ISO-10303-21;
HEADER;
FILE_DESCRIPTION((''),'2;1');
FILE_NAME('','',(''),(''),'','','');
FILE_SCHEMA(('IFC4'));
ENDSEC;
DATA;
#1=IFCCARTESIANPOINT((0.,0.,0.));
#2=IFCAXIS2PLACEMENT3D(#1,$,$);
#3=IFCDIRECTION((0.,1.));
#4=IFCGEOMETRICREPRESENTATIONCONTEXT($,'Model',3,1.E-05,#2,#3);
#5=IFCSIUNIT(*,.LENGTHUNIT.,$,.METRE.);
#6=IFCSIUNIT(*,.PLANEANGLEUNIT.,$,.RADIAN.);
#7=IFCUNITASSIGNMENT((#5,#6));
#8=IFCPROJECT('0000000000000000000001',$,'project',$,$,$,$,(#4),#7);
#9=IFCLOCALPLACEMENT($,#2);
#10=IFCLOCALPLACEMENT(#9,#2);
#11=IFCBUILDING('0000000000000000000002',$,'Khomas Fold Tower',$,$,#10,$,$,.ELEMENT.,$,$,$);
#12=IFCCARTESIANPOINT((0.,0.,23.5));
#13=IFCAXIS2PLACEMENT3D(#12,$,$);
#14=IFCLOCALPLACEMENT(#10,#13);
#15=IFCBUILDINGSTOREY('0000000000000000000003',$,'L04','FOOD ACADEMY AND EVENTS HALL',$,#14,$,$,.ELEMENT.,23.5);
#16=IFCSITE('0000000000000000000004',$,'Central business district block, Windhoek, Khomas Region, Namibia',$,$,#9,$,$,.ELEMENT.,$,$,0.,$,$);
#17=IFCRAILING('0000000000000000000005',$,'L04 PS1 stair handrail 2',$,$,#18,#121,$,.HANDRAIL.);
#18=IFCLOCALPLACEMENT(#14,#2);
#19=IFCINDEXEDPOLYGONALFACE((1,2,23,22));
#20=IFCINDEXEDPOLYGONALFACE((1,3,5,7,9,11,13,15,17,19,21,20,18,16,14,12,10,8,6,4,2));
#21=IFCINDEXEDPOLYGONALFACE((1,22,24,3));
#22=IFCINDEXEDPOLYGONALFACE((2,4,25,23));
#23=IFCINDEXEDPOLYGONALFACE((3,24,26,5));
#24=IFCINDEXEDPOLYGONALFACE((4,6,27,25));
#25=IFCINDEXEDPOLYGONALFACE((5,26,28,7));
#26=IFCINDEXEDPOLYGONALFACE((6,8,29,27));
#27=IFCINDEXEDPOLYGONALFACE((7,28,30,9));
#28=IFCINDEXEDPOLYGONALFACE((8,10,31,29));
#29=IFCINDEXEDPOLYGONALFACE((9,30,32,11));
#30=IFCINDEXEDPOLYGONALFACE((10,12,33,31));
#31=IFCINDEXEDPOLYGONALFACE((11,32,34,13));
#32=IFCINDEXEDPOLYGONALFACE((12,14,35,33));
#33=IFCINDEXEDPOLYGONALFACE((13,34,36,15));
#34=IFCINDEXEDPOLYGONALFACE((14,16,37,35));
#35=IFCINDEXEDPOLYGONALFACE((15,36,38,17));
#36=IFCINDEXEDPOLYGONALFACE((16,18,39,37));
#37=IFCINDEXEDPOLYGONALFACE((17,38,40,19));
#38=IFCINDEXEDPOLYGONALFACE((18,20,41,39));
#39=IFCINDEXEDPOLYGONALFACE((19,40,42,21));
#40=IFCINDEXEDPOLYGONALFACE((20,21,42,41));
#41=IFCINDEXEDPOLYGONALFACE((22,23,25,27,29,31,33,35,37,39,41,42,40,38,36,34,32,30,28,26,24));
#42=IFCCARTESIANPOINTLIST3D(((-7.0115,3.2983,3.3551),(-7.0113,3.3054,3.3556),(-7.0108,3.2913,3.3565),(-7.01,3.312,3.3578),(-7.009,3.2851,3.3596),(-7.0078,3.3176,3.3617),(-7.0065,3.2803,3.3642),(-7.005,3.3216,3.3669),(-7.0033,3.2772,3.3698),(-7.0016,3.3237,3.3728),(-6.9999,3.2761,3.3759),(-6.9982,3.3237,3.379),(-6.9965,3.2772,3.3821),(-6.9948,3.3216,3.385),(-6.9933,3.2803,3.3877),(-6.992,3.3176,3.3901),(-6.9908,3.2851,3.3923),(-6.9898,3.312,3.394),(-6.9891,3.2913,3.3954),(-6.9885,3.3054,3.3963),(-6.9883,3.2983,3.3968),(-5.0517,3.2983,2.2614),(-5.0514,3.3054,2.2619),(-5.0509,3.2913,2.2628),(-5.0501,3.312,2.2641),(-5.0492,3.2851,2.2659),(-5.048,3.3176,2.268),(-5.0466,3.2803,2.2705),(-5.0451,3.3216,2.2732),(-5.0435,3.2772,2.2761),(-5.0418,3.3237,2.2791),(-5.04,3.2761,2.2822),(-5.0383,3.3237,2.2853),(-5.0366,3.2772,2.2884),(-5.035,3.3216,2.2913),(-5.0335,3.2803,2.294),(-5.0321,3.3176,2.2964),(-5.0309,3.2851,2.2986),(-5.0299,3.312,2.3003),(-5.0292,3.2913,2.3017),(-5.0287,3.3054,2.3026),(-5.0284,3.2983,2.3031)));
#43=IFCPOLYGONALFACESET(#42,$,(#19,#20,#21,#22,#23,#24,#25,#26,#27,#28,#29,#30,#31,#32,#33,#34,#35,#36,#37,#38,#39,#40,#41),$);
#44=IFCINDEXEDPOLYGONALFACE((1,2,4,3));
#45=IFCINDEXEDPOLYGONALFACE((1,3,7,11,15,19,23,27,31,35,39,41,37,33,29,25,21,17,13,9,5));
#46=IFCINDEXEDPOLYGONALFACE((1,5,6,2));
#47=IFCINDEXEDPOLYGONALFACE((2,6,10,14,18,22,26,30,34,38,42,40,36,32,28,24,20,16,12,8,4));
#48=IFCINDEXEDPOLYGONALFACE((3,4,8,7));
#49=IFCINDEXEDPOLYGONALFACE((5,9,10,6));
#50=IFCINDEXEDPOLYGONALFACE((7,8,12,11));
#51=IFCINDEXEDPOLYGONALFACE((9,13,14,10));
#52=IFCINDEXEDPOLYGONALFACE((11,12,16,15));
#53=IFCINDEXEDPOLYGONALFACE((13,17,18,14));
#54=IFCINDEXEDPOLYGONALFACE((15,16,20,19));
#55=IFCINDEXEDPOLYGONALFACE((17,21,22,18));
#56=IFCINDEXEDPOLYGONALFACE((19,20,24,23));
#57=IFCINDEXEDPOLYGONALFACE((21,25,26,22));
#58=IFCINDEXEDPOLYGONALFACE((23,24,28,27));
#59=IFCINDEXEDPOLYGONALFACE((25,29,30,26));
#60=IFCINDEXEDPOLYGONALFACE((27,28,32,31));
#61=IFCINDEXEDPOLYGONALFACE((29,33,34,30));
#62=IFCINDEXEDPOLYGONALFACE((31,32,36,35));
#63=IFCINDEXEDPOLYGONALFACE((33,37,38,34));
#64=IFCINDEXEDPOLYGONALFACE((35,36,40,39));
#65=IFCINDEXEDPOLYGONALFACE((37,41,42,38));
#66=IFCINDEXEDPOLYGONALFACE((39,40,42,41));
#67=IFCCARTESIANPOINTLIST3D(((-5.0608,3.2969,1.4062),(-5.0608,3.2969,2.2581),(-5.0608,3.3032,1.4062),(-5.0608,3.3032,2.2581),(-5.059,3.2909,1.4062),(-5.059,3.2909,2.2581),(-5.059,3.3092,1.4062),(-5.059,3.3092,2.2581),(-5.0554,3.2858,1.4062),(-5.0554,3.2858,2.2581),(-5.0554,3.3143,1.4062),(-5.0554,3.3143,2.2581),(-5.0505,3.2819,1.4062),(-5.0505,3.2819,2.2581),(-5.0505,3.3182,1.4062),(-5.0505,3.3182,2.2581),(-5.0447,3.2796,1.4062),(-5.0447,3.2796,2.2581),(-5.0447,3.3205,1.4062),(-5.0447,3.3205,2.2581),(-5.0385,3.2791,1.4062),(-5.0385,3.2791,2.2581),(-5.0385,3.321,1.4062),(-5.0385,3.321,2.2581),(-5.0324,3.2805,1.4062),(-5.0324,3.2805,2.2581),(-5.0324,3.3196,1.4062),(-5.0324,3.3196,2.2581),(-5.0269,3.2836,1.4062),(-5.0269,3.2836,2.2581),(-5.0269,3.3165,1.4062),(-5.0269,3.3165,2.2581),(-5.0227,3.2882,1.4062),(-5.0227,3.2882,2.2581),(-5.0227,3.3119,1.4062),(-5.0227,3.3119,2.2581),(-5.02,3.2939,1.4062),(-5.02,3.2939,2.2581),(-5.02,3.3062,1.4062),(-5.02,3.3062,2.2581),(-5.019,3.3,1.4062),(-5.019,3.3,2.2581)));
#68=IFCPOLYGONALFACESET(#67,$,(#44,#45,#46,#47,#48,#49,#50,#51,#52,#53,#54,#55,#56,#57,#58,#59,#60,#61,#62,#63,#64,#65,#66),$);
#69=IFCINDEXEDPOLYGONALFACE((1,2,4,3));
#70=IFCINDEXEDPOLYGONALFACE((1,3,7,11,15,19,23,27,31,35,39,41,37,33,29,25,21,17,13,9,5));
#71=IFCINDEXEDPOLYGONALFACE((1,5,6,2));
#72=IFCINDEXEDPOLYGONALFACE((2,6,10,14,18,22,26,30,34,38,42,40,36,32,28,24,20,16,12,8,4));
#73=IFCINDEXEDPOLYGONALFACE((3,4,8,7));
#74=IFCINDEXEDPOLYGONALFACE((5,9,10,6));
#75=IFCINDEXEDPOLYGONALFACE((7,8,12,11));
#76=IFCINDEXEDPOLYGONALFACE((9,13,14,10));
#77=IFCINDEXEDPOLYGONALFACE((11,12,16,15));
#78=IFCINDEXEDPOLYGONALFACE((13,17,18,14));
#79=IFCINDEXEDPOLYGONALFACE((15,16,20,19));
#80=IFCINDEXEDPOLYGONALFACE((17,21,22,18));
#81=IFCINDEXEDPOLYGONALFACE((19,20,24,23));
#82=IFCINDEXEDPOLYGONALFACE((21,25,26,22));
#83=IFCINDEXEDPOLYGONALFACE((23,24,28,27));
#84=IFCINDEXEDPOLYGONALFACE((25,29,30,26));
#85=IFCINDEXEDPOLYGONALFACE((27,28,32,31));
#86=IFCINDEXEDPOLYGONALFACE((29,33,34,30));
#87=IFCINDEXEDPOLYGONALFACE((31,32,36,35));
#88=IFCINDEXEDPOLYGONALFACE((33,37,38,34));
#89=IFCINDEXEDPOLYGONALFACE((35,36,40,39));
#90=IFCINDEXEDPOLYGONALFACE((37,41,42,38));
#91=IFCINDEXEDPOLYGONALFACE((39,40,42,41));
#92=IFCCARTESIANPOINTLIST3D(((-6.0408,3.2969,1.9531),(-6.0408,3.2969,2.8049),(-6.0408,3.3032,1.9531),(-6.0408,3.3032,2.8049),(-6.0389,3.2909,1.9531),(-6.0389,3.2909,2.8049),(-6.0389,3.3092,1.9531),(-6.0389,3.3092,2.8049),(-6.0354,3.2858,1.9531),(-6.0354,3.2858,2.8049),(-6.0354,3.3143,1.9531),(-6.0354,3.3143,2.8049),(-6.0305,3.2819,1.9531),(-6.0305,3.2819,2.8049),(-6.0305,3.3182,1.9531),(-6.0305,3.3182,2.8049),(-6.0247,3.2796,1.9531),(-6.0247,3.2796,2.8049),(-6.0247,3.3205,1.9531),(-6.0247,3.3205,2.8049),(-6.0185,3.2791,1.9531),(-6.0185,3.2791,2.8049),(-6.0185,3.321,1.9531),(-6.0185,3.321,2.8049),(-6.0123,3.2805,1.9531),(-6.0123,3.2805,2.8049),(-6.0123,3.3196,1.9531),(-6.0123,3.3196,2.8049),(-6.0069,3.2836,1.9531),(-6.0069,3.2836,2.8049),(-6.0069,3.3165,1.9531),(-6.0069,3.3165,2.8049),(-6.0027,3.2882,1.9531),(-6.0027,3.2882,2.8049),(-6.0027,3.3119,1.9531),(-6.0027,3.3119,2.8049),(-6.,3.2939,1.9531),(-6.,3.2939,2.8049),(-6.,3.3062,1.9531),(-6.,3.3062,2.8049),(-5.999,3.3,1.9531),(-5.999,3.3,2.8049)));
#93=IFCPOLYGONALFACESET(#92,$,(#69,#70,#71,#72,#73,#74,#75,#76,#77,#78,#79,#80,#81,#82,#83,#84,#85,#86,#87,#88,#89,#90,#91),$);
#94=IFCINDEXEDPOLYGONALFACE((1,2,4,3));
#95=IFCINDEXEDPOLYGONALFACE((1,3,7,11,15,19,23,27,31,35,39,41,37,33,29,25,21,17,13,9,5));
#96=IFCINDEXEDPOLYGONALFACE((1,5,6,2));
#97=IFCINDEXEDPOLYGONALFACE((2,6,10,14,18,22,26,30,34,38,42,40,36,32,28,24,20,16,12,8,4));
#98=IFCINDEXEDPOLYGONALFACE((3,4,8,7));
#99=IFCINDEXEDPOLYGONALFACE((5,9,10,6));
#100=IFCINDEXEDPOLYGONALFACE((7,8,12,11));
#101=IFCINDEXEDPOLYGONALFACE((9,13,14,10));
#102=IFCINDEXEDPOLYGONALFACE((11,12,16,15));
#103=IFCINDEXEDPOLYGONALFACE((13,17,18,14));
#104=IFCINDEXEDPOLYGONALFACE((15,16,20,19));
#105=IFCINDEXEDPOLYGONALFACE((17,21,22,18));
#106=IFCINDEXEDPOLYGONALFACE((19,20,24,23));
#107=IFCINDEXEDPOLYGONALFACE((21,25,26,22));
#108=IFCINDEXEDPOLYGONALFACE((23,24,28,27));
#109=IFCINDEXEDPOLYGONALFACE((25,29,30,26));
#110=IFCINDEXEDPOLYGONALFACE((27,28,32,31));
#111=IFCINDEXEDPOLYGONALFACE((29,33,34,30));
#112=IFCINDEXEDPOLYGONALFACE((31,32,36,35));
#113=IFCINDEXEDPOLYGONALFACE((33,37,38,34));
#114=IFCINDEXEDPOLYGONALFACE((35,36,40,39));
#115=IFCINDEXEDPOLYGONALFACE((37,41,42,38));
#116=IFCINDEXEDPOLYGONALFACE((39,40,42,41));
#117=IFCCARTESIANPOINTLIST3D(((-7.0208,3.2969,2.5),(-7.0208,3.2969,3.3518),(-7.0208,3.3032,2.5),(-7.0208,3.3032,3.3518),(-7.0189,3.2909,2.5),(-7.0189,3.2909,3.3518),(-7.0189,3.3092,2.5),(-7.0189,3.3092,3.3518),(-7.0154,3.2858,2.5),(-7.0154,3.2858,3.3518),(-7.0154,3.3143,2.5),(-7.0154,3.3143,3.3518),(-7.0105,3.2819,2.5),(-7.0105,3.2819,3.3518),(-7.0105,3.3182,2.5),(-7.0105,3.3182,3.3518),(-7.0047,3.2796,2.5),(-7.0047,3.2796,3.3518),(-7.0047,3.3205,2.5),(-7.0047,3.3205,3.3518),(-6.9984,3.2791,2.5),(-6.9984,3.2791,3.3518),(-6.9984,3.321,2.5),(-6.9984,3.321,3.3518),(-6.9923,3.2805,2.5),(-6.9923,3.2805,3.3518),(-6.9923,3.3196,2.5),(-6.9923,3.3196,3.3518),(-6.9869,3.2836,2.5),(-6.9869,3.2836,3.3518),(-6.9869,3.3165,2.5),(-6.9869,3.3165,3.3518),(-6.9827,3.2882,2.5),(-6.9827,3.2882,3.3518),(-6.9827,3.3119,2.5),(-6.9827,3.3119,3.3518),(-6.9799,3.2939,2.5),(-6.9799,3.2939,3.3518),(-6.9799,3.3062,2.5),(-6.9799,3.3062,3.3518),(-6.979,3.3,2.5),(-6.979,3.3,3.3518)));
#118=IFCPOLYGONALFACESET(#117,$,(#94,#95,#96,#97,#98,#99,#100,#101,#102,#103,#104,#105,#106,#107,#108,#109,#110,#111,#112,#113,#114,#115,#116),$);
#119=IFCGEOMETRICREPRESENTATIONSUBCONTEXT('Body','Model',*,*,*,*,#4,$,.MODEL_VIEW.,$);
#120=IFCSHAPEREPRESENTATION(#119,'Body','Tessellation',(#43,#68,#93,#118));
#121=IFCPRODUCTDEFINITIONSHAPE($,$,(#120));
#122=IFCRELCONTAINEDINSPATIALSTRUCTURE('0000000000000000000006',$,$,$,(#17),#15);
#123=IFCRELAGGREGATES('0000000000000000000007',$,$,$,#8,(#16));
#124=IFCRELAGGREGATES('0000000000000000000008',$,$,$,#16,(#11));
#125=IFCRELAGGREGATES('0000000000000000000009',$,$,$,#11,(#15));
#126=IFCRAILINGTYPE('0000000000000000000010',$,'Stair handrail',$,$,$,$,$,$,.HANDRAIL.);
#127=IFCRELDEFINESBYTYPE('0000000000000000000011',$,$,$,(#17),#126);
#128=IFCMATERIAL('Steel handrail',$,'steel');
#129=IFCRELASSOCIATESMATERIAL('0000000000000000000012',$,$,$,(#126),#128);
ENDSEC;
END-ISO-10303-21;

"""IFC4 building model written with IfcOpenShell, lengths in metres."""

from ifc_helpers import new_model, si_unit, direction, frame, origin, origin_2d, place, context, subcontext, project, spatial, circle, extrude, source, transform, mapped, material, type_object, element, save


model = new_model("IFC4")

# Units and contexts
model_context = context("Model", 3, precision=1e-05, world=origin(), true_north=direction((0.0, 1.0)))
body_context = subcontext(model_context, "Body", "Model", "MODEL_VIEW")
ifc_project = project(units=[si_unit("LENGTHUNIT", "METRE"), si_unit("PLANEANGLEUNIT", "RADIAN")], contexts=[model_context])

# Site, building, storey
site_placement = place(None, origin())
site = spatial("IfcSite", under=ifc_project, at=site_placement, Name="Central business district block, Windhoek, Khomas Region, Namibia", CompositionType="ELEMENT", RefElevation=0.0)
building_placement = place(site_placement, origin())
building = spatial("IfcBuilding", under=site, at=building_placement, Name="Khomas Fold Tower", CompositionType="ELEMENT")
storey_placement = place(building_placement, frame((0.0, 0.0, 23.5)))
storey = spatial("IfcBuildingStorey", under=building, at=storey_placement, Name="L04", Description="FOOD ACADEMY AND EVENTS HALL", CompositionType="ELEMENT", Elevation=23.5)

# Railing
ifc_material_1 = material(Name="Steel handrail", Category="steel")
railing_type_1 = type_object("IfcRailingType", Name="Stair handrail", PredefinedType="HANDRAIL", material=ifc_material_1)
shared_shape_1 = source(origin(), body_context, "Body", "SweptSolid", [
    extrude(circle(Radius=0.0239, at=origin_2d()), frame((0.0, 0.0, 0.876), z_axis=(-0.873232, 0.0, 0.487304), x_axis=(0.0, -1.0, 0.0)), (0.0, 0.0, 1.0), 2.2444),
    extrude(circle(Radius=0.021, at=origin_2d()), origin(), (0.0, 0.0, 1.0), 0.8518),
    extrude(circle(Radius=0.021, at=origin_2d()), frame((-0.98, 0.0, 0.5469)), (0.0, 0.0, 1.0), 0.8518),
    extrude(circle(Radius=0.021, at=origin_2d()), frame((-1.96, 0.0, 1.0938)), (0.0, 0.0, 1.0), 0.8518),
])
for number, where, name in (
    (1, (-5.04, 3.3, 1.4062), "L04 PS1 stair handrail 2"),
):
    element("IfcRailing", number, at=place(storey_placement, frame(where)), inside=storey, type_object=railing_type_1, Name=name, PredefinedType="HANDRAIL", context=body_context, shape_type="MappedRepresentation", body=[
        mapped(shared_shape_1, transform((0.0, 0.0, 0.0))),
    ])

save(model, "model.ifc")
